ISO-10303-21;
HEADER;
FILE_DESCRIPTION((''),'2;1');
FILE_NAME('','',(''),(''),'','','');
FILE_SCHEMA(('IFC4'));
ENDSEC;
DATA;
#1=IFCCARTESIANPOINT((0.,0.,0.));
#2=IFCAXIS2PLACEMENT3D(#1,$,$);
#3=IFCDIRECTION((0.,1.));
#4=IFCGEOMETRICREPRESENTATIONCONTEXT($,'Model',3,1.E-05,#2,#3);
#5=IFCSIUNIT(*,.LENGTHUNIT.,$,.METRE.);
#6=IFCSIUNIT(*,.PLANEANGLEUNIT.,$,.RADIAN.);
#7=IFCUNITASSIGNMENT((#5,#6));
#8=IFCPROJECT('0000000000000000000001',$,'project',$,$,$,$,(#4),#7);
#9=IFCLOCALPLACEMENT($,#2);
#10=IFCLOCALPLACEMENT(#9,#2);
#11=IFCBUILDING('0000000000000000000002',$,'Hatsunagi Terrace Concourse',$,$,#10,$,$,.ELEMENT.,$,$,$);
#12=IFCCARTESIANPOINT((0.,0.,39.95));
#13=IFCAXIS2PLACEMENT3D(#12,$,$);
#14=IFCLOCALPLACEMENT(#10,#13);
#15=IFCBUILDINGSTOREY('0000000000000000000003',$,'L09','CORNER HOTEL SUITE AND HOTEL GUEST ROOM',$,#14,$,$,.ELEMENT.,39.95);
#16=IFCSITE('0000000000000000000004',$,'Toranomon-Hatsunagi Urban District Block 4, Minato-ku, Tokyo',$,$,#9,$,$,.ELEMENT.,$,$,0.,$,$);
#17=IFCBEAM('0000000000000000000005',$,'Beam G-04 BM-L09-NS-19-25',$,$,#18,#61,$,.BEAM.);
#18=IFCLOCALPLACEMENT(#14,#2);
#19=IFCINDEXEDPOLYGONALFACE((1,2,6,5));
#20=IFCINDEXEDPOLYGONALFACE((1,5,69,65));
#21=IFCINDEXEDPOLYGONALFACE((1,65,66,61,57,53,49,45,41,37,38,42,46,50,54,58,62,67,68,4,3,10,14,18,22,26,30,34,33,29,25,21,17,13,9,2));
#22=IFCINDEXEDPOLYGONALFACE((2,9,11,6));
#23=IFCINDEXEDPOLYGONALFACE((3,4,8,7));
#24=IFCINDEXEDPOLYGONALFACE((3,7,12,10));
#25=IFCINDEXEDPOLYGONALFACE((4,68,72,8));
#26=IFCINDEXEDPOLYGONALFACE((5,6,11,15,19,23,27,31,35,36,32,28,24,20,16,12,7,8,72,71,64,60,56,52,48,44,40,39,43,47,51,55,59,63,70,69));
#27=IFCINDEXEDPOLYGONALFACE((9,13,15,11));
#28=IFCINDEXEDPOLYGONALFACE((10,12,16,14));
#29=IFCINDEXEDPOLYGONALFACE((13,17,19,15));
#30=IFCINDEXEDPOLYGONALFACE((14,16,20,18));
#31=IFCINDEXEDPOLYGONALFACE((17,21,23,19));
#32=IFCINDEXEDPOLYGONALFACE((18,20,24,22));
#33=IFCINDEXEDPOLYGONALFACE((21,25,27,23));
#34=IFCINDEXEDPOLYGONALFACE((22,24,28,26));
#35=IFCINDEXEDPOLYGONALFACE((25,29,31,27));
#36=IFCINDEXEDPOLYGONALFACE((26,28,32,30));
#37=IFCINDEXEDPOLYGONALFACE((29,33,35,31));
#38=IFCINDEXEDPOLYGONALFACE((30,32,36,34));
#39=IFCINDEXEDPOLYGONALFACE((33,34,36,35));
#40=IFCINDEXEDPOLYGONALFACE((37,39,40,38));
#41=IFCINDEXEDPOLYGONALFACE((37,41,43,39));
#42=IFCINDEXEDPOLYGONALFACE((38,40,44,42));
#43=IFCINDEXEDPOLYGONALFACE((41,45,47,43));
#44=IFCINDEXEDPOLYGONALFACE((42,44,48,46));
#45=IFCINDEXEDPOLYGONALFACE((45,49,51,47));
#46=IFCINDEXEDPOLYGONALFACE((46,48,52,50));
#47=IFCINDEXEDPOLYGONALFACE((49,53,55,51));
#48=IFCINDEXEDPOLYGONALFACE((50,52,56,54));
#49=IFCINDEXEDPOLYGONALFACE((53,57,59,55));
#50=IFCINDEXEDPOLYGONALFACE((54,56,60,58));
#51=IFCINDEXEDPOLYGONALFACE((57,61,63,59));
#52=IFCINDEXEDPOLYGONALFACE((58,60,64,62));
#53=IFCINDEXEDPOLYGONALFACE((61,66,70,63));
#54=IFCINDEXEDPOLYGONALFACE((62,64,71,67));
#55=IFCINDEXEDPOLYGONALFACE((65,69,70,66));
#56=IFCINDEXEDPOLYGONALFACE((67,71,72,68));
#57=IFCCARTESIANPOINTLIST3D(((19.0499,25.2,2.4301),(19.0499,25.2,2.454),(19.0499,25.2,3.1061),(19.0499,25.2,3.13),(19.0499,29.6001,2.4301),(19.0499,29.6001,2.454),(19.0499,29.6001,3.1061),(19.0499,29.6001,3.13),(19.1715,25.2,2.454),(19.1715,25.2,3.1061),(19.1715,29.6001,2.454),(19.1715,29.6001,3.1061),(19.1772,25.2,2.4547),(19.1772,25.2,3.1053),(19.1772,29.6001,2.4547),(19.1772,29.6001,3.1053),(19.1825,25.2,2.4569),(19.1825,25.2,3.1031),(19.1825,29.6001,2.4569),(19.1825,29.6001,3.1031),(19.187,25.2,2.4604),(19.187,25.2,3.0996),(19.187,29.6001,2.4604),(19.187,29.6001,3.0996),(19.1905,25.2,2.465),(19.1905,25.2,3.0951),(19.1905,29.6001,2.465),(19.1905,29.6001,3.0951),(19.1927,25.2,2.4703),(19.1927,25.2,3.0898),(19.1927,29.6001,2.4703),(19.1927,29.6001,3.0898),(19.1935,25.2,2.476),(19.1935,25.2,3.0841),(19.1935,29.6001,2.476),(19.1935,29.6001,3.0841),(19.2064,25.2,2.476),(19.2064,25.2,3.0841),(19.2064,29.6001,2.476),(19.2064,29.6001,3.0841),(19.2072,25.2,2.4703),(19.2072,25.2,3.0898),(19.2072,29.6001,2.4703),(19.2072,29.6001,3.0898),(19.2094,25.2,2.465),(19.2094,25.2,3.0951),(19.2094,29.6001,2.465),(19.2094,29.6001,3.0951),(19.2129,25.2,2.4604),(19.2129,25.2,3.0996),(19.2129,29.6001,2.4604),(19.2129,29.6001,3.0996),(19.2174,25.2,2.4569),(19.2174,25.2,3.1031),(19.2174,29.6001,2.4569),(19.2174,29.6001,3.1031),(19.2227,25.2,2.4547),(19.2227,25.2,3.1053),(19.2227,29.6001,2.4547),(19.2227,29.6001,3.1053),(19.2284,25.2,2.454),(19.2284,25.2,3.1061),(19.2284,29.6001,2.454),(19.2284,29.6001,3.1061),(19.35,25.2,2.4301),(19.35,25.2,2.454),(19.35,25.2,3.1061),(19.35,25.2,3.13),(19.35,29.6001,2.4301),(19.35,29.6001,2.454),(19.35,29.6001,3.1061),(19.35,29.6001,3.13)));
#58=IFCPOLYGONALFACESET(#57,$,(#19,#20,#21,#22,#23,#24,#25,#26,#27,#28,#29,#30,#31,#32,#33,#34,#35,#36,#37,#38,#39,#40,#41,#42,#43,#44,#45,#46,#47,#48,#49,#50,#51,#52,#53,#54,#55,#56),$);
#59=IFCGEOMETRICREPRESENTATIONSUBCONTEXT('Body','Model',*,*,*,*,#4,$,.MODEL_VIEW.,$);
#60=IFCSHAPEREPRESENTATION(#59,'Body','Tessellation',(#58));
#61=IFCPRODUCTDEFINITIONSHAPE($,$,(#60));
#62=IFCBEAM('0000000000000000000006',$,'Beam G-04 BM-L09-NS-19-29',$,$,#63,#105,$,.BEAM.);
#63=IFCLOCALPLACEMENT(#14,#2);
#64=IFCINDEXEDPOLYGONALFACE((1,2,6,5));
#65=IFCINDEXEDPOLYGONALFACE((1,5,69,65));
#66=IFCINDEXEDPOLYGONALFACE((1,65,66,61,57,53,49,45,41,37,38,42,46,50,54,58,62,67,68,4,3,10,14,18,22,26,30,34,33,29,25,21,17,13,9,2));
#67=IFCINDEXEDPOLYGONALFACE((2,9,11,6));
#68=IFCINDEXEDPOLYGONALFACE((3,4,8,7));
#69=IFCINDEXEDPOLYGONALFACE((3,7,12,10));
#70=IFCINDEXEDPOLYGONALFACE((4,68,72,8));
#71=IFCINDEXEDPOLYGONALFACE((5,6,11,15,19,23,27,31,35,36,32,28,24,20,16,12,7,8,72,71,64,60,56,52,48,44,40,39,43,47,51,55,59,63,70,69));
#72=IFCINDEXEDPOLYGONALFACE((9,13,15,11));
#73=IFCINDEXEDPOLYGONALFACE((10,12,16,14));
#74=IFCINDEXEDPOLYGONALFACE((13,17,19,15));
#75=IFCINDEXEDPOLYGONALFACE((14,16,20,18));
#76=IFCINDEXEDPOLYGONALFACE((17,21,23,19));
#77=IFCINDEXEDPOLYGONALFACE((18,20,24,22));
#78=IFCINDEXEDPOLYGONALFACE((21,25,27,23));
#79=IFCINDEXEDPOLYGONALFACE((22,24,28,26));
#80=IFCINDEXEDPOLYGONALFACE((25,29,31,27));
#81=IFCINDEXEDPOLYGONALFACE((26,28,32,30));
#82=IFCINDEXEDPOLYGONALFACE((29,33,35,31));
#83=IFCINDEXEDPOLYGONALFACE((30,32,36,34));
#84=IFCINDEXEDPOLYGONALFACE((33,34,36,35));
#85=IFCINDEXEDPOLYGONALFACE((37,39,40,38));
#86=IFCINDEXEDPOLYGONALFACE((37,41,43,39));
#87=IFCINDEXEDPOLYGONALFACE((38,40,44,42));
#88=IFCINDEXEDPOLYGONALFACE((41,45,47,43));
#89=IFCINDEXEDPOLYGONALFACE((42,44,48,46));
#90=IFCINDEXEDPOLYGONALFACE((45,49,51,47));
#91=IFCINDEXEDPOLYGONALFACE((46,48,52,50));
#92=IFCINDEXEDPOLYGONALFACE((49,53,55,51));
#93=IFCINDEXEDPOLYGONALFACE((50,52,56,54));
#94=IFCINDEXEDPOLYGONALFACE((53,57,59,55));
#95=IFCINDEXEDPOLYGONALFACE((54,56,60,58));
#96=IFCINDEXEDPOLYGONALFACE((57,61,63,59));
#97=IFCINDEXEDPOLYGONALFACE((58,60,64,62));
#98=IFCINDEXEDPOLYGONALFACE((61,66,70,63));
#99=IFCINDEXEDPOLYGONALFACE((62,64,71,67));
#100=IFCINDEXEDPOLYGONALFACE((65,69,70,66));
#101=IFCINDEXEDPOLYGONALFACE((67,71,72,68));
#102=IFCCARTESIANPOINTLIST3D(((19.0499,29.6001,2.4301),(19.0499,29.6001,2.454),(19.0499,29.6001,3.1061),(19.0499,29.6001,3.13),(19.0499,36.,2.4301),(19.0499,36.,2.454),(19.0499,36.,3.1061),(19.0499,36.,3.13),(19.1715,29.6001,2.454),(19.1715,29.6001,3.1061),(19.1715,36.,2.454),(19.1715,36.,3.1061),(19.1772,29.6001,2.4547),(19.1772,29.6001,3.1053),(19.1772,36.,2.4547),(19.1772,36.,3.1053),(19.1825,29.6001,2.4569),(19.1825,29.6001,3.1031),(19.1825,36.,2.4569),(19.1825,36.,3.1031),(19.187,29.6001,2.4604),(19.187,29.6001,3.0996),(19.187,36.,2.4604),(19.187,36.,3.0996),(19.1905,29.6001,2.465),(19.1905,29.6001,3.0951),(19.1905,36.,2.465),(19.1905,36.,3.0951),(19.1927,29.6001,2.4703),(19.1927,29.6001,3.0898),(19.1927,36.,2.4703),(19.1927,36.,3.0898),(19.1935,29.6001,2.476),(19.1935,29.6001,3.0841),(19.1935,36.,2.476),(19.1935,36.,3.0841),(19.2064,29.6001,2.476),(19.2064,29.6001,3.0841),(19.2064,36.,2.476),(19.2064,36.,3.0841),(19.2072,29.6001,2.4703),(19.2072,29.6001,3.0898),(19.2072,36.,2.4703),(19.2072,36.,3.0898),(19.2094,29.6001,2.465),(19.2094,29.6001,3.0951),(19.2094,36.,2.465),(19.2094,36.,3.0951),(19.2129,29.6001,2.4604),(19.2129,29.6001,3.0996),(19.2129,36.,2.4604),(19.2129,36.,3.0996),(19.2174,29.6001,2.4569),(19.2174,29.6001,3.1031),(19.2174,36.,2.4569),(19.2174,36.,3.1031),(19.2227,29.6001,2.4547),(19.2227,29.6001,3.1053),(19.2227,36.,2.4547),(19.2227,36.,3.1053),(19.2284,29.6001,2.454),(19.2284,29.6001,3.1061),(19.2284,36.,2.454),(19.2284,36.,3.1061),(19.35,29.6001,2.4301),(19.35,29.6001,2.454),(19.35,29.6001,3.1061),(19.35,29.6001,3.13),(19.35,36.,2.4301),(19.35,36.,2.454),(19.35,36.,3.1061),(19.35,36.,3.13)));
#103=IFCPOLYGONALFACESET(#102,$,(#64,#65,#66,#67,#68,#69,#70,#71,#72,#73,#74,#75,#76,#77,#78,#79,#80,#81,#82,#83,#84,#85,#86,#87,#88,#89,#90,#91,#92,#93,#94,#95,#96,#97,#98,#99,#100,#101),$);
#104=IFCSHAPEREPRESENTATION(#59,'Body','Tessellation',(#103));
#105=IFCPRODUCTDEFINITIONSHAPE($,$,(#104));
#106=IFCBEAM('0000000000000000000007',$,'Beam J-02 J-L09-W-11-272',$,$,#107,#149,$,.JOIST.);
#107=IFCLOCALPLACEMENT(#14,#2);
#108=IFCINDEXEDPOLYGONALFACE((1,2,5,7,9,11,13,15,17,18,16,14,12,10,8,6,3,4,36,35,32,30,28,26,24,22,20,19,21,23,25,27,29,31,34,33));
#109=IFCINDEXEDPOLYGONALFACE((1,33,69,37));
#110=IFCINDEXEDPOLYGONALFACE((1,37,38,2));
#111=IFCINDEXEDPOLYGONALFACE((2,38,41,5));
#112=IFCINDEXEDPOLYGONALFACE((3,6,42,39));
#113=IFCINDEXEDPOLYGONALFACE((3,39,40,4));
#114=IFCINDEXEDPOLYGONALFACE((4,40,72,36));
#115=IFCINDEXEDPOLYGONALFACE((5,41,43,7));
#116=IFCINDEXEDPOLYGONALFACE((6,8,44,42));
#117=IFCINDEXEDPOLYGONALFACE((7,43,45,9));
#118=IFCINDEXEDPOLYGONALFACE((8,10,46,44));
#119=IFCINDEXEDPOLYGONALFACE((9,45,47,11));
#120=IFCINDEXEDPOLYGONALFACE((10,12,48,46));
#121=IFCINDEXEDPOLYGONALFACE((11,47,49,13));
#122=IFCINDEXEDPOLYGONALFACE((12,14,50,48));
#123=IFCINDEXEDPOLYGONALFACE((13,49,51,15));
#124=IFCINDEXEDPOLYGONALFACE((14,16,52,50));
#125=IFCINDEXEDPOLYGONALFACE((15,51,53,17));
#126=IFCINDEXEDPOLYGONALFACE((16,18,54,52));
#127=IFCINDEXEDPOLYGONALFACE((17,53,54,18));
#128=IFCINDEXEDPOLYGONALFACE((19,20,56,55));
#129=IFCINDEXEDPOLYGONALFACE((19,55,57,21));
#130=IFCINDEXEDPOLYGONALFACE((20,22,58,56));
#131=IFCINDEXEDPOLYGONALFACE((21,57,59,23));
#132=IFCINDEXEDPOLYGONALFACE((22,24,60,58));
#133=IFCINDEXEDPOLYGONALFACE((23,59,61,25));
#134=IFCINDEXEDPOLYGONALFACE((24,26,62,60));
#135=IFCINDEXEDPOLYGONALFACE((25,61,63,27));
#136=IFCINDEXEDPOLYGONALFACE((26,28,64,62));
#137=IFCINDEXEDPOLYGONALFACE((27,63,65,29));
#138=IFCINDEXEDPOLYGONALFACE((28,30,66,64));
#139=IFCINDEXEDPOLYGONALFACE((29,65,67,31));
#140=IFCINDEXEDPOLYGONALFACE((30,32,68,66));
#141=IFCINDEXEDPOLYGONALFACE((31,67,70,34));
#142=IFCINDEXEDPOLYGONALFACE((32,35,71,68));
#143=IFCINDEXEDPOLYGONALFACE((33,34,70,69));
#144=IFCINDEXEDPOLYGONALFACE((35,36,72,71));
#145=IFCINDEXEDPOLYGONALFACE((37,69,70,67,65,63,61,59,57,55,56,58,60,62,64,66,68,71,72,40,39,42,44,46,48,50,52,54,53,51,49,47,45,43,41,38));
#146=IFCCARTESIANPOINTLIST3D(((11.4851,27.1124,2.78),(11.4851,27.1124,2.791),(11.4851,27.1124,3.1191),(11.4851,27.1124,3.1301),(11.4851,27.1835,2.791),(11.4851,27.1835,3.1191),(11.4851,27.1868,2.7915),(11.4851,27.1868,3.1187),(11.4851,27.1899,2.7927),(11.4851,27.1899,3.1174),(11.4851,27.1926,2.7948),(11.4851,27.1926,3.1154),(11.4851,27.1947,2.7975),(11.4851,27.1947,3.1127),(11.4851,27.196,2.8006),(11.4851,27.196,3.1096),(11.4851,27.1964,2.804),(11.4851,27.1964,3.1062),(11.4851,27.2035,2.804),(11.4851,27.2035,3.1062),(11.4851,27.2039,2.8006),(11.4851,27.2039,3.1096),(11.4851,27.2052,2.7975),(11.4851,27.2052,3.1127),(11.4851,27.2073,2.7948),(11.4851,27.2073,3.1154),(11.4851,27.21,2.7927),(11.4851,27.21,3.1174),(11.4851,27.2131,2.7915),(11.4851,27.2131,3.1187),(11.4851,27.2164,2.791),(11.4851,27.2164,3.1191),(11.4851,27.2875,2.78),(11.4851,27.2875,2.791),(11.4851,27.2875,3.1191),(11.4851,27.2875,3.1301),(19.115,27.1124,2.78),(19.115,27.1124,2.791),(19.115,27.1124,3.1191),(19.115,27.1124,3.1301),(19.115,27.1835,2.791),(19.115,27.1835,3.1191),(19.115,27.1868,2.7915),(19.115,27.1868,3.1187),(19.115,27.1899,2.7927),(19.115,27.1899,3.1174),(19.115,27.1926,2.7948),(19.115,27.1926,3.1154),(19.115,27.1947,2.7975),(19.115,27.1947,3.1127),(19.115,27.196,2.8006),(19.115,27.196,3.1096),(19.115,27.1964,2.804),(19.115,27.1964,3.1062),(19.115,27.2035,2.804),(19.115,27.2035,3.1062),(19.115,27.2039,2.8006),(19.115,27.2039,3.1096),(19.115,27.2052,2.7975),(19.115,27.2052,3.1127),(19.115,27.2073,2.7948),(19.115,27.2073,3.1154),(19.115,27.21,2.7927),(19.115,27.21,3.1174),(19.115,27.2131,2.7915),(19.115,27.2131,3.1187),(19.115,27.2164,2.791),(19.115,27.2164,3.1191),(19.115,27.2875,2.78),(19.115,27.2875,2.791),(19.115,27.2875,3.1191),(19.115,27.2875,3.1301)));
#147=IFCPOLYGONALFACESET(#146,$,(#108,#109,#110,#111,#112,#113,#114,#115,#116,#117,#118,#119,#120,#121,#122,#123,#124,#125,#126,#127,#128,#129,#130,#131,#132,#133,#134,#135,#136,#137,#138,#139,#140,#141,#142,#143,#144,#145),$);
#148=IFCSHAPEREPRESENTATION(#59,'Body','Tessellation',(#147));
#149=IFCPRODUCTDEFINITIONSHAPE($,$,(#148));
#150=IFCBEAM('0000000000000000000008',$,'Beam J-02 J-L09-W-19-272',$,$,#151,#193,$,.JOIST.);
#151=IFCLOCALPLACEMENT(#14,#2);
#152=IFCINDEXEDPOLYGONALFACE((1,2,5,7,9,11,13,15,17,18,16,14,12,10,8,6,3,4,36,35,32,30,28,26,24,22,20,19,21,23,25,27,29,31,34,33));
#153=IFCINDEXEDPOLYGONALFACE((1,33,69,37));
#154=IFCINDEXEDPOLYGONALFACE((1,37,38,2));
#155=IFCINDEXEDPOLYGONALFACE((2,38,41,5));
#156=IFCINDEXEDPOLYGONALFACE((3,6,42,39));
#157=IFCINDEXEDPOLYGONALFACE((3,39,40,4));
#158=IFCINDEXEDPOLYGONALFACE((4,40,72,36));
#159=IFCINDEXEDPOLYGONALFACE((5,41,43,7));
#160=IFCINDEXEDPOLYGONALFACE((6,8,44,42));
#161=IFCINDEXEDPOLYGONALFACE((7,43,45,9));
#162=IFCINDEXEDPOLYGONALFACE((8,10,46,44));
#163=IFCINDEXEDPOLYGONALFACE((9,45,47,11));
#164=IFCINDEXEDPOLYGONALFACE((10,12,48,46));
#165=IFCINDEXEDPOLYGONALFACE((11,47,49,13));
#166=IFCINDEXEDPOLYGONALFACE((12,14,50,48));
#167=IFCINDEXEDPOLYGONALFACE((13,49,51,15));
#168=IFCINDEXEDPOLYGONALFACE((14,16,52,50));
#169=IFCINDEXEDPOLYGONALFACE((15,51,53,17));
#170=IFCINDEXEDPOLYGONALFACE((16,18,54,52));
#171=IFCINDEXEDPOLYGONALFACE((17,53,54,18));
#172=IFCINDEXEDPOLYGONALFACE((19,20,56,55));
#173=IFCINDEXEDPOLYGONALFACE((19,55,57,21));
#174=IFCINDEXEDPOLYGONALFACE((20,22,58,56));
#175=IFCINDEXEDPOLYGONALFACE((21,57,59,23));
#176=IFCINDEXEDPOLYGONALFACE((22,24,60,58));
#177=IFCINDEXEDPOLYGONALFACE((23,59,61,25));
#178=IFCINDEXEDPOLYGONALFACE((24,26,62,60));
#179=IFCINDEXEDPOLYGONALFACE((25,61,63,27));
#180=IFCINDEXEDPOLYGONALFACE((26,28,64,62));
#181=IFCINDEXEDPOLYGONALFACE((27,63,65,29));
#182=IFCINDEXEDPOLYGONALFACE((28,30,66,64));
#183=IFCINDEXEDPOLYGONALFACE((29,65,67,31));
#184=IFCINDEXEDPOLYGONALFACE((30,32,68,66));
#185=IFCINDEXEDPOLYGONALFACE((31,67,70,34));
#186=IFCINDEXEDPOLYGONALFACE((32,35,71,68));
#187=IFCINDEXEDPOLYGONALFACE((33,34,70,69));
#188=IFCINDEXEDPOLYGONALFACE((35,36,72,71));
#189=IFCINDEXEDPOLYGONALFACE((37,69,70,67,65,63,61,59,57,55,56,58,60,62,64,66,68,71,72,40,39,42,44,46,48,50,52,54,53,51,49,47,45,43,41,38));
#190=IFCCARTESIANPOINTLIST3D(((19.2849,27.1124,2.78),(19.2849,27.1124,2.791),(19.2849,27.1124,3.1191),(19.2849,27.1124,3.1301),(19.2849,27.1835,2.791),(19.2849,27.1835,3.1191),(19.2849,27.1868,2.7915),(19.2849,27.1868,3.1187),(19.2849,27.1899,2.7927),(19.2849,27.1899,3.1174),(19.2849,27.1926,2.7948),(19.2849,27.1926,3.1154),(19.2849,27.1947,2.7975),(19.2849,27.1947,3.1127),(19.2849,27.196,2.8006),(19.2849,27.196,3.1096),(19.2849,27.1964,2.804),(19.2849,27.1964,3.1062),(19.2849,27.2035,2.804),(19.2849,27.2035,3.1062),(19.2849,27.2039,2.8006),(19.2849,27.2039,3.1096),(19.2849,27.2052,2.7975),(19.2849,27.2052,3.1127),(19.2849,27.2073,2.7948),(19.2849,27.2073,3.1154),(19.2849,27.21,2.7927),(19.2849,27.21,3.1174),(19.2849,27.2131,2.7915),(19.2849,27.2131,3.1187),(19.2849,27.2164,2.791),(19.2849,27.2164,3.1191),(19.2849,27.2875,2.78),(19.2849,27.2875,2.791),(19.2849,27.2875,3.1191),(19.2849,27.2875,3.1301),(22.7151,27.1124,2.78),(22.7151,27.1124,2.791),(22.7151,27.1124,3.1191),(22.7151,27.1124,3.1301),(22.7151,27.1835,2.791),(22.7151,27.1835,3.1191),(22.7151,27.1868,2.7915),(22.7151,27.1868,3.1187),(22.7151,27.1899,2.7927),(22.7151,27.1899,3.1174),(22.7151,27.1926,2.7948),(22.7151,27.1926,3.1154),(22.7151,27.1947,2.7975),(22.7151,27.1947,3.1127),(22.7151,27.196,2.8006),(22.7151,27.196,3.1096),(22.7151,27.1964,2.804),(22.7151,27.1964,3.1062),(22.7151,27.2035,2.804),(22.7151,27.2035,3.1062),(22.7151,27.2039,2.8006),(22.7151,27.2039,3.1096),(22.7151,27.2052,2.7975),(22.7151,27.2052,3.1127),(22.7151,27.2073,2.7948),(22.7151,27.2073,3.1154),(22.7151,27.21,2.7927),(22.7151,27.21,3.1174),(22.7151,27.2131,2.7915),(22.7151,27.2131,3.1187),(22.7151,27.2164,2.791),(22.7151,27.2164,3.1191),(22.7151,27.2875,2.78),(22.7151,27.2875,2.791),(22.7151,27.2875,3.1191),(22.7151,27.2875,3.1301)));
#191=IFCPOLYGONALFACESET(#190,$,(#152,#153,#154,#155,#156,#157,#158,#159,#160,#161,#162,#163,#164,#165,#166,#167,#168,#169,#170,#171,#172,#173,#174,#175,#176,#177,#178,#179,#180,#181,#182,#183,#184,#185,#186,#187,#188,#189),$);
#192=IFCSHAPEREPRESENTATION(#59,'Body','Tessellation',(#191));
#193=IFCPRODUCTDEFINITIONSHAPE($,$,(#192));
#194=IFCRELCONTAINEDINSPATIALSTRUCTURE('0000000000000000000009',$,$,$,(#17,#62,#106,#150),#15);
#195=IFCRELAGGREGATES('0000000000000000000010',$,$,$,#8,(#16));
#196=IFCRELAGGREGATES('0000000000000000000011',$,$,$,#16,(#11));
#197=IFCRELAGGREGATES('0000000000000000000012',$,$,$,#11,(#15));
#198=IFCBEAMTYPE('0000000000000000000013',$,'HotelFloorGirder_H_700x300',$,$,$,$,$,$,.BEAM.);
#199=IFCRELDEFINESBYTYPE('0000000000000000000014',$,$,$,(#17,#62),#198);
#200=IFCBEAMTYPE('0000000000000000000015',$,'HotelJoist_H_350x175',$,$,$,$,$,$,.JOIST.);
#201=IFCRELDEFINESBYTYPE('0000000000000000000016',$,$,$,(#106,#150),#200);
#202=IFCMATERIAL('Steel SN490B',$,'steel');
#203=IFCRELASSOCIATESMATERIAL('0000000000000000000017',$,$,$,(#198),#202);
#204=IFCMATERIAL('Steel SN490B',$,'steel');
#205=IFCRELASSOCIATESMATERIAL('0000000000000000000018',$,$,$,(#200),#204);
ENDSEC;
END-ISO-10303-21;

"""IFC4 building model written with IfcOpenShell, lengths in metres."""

from ifc_helpers import new_model, si_unit, direction, frame, origin, origin_2d, place, context, subcontext, project, spatial, i_section, extrude, material, material_profile, profile_set, type_object, element, save


model = new_model("IFC4")

# Units and contexts
model_context = context("Model", 3, precision=1e-05, world=origin(), true_north=direction((0.0, 1.0)))
body_context = subcontext(model_context, "Body", "Model", "MODEL_VIEW")
ifc_project = project(units=[si_unit("LENGTHUNIT", "METRE"), si_unit("PLANEANGLEUNIT", "RADIAN")], contexts=[model_context])

# Site, building, storey
site_placement = place(None, origin())
site = spatial("IfcSite", under=ifc_project, at=site_placement, Name="Toranomon-Hatsunagi Urban District Block 4, Minato-ku, Tokyo", CompositionType="ELEMENT", RefElevation=0.0)
building_placement = place(site_placement, origin())
building = spatial("IfcBuilding", under=site, at=building_placement, Name="Hatsunagi Terrace Concourse", CompositionType="ELEMENT")
storey_placement = place(building_placement, frame((0.0, 0.0, 39.95)))
storey = spatial("IfcBuildingStorey", under=building, at=storey_placement, Name="L09", Description="CORNER HOTEL SUITE AND HOTEL GUEST ROOM", CompositionType="ELEMENT", Elevation=39.95)

# Beams
ifc_material_1 = material(Name="Steel SN490B", Category="steel")
ifc_material_profile_1 = material_profile(ifc_material_1, i_section(OverallWidth=0.3, OverallDepth=0.7, WebThickness=0.0129, FlangeThickness=0.0239, FilletRadius=0.022, at=origin_2d()), Name="H-700x300x13x24")
ifc_profile_set_1 = profile_set([ifc_material_profile_1], Name="Steel SN490B")
beam_type_1 = type_object("IfcBeamType", Name="HotelFloorGirder_H_700x300", PredefinedType="BEAM", material=ifc_profile_set_1)
beam_1_placement = place(storey_placement, frame((19.2, 25.2, 2.78), z_axis=(0.0, 1.0, 0.0), x_axis=(-1.0, 0.0, 0.0)))
element("IfcBeam", 1, at=beam_1_placement, inside=storey, type_object=beam_type_1, Name="Beam G-04 BM-L09-NS-19-25", PredefinedType="BEAM", context=body_context, shape_type="SweptSolid", body=[
    extrude(i_section(OverallWidth=0.3, OverallDepth=0.7, WebThickness=0.0129, FlangeThickness=0.0239, FilletRadius=0.022, at=origin_2d()), origin(), (0.0, 0.0, 1.0), 4.4001),
])
beam_2_placement = place(storey_placement, frame((19.2, 29.6001, 2.78), z_axis=(0.0, 1.0, 0.0), x_axis=(-1.0, 0.0, 0.0)))
element("IfcBeam", 2, at=beam_2_placement, inside=storey, type_object=beam_type_1, Name="Beam G-04 BM-L09-NS-19-29", PredefinedType="BEAM", context=body_context, shape_type="SweptSolid", body=[
    extrude(i_section(OverallWidth=0.3, OverallDepth=0.7, WebThickness=0.0129, FlangeThickness=0.0239, FilletRadius=0.022, at=origin_2d()), origin(), (0.0, 0.0, 1.0), 6.3999),
])
ifc_material_2 = material(Name="Steel SN490B", Category="steel")
ifc_material_profile_2 = material_profile(ifc_material_2, i_section(OverallWidth=0.175, OverallDepth=0.3501, WebThickness=0.0071, FlangeThickness=0.011, FilletRadius=0.0129, at=origin_2d()), Name="H-350x175x7x11")
ifc_profile_set_2 = profile_set([ifc_material_profile_2], Name="Steel SN490B")
beam_type_2 = type_object("IfcBeamType", Name="HotelJoist_H_350x175", PredefinedType="JOIST", material=ifc_profile_set_2)
beam_3_placement = place(storey_placement, frame((11.4851, 27.2, 2.9551), z_axis=(1.0, 0.0, 0.0), x_axis=(0.0, 1.0, 0.0)))
element("IfcBeam", 3, at=beam_3_placement, inside=storey, type_object=beam_type_2, Name="Beam J-02 J-L09-W-11-272", PredefinedType="JOIST", context=body_context, shape_type="SweptSolid", body=[
    extrude(i_section(OverallWidth=0.175, OverallDepth=0.3501, WebThickness=0.0071, FlangeThickness=0.011, FilletRadius=0.0129, at=origin_2d()), origin(), (0.0, 0.0, 1.0), 7.6299),
])
beam_4_placement = place(storey_placement, frame((19.2849, 27.2, 2.9551), z_axis=(1.0, 0.0, 0.0), x_axis=(0.0, 1.0, 0.0)))
element("IfcBeam", 4, at=beam_4_placement, inside=storey, type_object=beam_type_2, Name="Beam J-02 J-L09-W-19-272", PredefinedType="JOIST", context=body_context, shape_type="SweptSolid", body=[
    extrude(i_section(OverallWidth=0.175, OverallDepth=0.3501, WebThickness=0.0071, FlangeThickness=0.011, FilletRadius=0.0129, at=origin_2d()), origin(), (0.0, 0.0, 1.0), 3.4302),
])

save(model, "model.ifc")
